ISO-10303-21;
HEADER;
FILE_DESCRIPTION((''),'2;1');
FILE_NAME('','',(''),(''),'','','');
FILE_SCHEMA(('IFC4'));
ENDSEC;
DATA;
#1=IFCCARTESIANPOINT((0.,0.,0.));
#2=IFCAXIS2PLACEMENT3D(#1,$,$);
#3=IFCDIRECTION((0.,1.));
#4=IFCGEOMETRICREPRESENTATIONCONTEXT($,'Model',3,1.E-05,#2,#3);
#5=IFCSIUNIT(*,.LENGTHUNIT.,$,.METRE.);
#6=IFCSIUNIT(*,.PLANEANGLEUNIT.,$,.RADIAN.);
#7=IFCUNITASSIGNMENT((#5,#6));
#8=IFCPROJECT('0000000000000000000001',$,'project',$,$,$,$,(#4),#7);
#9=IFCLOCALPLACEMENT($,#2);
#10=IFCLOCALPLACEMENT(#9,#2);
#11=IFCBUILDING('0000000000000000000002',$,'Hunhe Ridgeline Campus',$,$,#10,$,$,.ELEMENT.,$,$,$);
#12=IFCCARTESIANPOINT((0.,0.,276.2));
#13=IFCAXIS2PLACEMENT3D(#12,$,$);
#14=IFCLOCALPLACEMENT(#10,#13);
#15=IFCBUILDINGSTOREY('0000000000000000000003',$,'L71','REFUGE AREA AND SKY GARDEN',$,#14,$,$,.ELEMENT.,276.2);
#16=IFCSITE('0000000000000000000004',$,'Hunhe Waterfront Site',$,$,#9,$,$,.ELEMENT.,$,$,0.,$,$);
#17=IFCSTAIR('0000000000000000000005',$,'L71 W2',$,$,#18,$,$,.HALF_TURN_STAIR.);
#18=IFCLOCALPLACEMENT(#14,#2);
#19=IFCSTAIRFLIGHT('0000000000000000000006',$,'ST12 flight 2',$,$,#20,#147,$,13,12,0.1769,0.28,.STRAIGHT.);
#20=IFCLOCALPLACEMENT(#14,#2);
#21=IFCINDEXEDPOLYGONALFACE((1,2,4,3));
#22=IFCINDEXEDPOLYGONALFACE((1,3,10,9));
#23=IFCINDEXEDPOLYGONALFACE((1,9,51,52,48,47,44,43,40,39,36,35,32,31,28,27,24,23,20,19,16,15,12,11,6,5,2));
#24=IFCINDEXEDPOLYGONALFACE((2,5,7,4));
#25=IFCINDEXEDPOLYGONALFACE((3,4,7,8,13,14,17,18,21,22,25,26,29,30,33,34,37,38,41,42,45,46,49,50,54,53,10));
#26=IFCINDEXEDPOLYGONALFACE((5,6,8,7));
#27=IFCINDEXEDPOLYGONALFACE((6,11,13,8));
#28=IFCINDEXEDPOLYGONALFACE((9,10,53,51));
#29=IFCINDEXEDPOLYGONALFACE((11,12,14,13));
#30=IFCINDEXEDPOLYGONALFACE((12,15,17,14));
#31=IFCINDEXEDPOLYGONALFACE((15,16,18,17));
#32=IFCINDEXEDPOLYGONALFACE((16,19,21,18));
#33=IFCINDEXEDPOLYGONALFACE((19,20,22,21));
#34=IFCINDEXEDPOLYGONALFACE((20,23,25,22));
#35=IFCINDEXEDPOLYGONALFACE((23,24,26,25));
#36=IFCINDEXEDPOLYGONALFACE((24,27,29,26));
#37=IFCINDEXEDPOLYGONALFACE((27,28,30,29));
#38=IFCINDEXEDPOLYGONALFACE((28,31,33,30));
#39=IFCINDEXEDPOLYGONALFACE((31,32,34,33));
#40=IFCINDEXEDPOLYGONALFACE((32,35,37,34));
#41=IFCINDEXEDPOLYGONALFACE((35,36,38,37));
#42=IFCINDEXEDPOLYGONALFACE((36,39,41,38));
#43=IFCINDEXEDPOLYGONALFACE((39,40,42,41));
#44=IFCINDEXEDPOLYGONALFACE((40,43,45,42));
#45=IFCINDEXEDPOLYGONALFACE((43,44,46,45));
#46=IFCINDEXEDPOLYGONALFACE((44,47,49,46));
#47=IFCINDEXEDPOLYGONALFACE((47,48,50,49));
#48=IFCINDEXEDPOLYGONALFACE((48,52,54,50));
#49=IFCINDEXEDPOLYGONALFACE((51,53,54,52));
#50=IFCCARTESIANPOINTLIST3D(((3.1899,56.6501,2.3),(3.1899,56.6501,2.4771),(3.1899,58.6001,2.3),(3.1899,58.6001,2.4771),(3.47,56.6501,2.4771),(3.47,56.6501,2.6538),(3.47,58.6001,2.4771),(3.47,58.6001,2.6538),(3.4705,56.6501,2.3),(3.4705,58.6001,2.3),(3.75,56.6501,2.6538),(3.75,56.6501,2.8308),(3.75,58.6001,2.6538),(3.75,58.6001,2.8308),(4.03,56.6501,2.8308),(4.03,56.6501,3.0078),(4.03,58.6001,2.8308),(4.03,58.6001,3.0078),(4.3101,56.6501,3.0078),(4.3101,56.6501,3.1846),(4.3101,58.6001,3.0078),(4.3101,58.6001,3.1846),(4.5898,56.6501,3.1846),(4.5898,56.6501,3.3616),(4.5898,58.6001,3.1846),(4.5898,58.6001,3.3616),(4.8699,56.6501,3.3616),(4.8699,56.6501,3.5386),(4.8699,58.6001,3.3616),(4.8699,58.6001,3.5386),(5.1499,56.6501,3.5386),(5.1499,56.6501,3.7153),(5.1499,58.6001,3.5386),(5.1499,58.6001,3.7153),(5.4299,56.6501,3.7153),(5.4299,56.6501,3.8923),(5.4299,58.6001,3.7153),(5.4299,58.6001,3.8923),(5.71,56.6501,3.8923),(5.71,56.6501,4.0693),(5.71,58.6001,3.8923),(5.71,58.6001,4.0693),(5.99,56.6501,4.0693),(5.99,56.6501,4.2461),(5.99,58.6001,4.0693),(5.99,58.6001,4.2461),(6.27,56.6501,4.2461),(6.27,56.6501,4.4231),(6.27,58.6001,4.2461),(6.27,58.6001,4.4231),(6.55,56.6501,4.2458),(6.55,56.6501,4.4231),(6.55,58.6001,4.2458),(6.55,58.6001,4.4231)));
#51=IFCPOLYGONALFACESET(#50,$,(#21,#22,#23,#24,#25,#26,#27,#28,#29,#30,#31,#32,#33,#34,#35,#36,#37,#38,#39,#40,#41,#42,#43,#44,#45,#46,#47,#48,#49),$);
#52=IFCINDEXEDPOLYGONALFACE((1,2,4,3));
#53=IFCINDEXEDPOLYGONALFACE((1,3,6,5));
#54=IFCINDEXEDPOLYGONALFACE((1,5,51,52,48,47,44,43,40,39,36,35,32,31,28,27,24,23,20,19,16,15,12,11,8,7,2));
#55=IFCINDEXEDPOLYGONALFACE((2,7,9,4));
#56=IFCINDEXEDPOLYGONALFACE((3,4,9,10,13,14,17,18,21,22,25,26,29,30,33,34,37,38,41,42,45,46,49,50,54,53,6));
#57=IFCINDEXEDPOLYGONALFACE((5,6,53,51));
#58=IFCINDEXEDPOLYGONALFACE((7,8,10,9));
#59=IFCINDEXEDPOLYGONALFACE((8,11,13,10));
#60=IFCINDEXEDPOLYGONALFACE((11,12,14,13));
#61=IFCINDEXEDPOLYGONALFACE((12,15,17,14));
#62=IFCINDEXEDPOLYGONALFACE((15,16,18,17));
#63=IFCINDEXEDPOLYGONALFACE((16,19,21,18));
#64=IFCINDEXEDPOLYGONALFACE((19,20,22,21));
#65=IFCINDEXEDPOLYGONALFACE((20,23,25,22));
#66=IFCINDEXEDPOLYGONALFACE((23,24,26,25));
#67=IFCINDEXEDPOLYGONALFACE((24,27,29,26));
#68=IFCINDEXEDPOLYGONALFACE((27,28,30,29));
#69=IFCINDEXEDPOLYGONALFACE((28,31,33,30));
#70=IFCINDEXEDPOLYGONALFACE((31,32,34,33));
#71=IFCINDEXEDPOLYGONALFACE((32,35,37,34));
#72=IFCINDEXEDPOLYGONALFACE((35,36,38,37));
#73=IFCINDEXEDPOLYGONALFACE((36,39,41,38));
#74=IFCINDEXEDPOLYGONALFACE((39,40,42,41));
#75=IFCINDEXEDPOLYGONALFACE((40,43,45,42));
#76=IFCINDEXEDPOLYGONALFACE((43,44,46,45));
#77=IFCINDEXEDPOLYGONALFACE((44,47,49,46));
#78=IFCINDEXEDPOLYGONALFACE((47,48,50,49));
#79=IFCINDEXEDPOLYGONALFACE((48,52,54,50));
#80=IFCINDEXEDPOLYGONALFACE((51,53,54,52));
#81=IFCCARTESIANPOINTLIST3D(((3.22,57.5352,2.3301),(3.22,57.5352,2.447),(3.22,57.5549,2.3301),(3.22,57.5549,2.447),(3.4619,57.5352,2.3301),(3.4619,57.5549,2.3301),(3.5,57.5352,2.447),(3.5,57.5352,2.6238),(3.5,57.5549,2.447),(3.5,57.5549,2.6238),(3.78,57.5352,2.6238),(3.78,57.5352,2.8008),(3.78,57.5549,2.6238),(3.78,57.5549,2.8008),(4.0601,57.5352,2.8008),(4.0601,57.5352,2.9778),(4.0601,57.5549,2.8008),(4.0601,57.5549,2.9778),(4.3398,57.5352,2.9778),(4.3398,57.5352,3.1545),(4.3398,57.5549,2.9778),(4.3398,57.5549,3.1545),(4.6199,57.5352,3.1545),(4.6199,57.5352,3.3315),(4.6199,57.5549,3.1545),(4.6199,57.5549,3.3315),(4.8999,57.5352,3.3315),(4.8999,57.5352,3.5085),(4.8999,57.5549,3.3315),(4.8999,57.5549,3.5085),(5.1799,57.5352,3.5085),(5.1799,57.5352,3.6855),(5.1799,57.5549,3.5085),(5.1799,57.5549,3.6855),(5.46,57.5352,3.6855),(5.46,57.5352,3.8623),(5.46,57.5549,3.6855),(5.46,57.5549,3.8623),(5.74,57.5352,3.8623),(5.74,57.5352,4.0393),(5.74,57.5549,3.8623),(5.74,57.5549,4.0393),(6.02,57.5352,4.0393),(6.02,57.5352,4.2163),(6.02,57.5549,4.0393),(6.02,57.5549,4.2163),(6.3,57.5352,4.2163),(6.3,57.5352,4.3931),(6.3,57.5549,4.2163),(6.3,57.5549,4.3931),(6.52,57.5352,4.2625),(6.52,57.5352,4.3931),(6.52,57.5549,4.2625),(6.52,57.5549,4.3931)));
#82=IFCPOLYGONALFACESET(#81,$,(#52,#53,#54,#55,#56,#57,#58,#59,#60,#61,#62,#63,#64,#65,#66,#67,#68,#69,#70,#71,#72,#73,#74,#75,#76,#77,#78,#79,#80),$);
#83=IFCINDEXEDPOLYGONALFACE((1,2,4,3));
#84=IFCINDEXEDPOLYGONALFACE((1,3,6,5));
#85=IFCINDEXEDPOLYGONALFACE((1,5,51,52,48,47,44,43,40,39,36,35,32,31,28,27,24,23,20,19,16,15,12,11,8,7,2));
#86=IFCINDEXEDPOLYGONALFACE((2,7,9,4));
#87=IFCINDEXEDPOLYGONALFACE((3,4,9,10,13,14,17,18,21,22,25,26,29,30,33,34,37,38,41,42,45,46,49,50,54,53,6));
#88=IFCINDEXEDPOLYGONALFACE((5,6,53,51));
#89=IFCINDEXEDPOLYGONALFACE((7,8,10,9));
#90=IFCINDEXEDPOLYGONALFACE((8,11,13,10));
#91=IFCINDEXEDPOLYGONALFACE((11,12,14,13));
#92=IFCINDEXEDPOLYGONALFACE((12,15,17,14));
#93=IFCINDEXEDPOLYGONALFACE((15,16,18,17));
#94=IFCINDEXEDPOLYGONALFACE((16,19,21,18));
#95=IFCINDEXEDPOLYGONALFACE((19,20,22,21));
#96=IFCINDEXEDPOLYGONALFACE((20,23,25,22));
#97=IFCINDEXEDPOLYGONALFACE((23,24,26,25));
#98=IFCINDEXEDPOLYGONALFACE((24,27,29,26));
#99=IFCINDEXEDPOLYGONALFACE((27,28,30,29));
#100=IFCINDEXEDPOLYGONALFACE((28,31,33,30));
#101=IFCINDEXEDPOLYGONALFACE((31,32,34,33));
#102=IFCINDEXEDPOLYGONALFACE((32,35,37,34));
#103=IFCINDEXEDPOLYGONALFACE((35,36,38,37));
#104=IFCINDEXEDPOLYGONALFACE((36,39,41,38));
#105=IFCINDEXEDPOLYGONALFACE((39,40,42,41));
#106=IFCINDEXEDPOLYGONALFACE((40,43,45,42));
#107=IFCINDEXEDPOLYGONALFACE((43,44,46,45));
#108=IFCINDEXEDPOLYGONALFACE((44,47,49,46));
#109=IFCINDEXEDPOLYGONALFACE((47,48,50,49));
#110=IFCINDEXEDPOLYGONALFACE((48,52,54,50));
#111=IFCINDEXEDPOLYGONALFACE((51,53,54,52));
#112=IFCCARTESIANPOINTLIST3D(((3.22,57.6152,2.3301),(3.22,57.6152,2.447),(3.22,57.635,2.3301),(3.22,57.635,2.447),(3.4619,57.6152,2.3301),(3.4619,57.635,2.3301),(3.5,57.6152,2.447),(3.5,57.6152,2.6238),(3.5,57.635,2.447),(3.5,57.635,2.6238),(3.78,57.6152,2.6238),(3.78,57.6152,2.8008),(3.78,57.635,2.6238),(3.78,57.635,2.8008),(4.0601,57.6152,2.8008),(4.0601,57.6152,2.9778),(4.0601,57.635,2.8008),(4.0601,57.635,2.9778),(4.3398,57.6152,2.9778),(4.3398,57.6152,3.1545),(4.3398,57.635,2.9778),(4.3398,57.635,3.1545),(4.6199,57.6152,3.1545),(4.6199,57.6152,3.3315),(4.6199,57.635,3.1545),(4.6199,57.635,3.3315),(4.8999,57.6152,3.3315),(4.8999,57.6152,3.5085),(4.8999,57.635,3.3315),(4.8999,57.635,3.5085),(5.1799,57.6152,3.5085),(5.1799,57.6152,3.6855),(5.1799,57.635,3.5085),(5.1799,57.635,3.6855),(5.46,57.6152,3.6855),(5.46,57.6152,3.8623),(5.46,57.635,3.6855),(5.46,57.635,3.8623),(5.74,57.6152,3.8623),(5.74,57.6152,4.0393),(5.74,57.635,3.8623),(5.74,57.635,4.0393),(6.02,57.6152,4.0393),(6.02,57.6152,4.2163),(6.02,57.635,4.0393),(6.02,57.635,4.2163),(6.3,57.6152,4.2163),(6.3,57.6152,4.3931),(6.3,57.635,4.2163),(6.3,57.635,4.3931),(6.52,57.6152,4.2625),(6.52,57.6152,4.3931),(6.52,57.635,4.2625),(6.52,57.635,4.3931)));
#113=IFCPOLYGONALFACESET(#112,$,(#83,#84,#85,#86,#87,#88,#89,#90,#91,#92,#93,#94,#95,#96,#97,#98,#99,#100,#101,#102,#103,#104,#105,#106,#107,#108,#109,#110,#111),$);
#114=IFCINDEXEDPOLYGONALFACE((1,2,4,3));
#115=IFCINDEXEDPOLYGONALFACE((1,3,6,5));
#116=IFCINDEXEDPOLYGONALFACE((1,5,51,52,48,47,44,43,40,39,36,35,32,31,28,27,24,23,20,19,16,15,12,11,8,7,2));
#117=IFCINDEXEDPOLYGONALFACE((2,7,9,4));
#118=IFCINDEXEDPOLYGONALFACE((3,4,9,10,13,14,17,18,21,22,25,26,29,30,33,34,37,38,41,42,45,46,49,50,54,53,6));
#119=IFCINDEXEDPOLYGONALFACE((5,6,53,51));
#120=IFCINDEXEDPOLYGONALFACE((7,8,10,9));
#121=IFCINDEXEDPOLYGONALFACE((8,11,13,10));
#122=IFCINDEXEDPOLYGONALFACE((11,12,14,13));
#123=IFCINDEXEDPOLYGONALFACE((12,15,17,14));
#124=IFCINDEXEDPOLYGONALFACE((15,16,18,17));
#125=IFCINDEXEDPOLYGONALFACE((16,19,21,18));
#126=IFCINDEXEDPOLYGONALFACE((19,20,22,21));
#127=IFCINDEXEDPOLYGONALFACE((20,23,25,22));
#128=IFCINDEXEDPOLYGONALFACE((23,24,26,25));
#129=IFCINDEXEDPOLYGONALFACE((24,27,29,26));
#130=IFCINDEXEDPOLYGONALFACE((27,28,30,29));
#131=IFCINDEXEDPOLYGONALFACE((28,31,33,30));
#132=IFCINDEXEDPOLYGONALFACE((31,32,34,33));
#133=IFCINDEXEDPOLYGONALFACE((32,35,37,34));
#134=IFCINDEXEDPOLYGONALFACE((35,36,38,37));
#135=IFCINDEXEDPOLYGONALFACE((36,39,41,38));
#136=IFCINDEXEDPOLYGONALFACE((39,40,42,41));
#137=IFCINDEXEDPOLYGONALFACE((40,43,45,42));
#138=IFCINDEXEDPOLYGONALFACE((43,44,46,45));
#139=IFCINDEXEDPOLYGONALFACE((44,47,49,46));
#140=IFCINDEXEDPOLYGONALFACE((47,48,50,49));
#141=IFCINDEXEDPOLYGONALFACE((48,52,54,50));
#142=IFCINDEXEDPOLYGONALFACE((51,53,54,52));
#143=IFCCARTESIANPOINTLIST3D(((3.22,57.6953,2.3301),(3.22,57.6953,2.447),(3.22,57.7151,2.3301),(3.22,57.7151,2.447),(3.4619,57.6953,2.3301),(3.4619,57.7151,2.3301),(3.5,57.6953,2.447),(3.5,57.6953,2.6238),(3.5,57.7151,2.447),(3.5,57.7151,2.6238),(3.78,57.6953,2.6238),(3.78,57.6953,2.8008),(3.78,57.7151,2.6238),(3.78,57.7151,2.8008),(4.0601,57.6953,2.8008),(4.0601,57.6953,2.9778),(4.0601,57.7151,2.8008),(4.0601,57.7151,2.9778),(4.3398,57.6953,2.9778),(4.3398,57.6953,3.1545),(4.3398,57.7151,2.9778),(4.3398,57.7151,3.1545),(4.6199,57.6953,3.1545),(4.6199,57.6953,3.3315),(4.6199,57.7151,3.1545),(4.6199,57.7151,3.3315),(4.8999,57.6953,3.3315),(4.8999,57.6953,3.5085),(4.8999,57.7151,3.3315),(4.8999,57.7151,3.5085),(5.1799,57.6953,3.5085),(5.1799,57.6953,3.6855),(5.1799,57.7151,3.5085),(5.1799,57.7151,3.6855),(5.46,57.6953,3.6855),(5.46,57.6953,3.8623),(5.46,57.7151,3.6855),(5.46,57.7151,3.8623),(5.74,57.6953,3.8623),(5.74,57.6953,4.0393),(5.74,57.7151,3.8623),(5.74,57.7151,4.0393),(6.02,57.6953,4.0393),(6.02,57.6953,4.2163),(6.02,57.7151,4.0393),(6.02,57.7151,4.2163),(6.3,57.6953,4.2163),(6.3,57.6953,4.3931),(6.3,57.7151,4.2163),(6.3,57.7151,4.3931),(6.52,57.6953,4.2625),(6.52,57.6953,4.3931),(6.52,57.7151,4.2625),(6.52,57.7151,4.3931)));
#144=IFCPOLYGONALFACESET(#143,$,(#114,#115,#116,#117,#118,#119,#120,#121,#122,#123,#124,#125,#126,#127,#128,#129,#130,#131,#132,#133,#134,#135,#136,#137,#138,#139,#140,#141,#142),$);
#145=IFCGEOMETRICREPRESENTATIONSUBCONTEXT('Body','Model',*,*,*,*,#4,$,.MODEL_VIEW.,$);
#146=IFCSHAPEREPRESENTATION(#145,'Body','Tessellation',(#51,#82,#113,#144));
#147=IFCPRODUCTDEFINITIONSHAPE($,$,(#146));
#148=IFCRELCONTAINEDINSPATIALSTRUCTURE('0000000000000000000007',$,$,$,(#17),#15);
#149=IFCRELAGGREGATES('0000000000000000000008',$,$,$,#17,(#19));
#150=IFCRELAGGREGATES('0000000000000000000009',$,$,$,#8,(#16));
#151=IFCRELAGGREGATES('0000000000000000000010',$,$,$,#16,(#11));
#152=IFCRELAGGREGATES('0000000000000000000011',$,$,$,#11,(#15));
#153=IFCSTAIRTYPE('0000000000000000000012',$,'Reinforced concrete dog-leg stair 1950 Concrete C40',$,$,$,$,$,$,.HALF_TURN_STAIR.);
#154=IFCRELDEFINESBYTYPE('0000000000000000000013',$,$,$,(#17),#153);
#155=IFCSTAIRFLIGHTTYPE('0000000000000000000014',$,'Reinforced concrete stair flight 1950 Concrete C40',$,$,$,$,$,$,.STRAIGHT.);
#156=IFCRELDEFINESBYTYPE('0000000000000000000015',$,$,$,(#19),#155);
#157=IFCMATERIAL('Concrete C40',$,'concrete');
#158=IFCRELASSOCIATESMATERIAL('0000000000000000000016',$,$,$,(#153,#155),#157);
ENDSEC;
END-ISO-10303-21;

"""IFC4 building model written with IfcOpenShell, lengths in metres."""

from ifc_helpers import new_model, si_unit, direction, frame, origin, place, context, subcontext, project, spatial, polyline, outline, extrude, material, type_object, element, aggregate, save


model = new_model("IFC4")

# Units and contexts
model_context = context("Model", 3, precision=1e-05, world=origin(), true_north=direction((0.0, 1.0)))
body_context = subcontext(model_context, "Body", "Model", "MODEL_VIEW")
ifc_project = project(units=[si_unit("LENGTHUNIT", "METRE"), si_unit("PLANEANGLEUNIT", "RADIAN")], contexts=[model_context])

# Site, building, storey
site_placement = place(None, origin())
site = spatial("IfcSite", under=ifc_project, at=site_placement, Name="Hunhe Waterfront Site", CompositionType="ELEMENT", RefElevation=0.0)
building_placement = place(site_placement, origin())
building = spatial("IfcBuilding", under=site, at=building_placement, Name="Hunhe Ridgeline Campus", CompositionType="ELEMENT")
storey_placement = place(building_placement, frame((0.0, 0.0, 276.2)))
storey = spatial("IfcBuildingStorey", under=building, at=storey_placement, Name="L71", Description="REFUGE AREA AND SKY GARDEN", CompositionType="ELEMENT", Elevation=276.2)

# Stair, stair flight
ifc_material_1 = material(Name="Concrete C40", Category="concrete")
stair_type = type_object("IfcStairType", Name="Reinforced concrete dog-leg stair 1950 Concrete C40", PredefinedType="HALF_TURN_STAIR", material=ifc_material_1)
stair_flight_type = type_object("IfcStairFlightType", Name="Reinforced concrete stair flight 1950 Concrete C40", PredefinedType="STRAIGHT", material=ifc_material_1)
stair_1_placement = place(storey_placement, origin())
stair_1 = element("IfcStair", 1, at=stair_1_placement, inside=storey, type_object=stair_type, Name="L71 W2", PredefinedType="HALF_TURN_STAIR")
stair_flight_1_placement = place(storey_placement, frame((3.1899, 57.625, 2.3), z_axis=(0.0, 0.0, 1.0), x_axis=(1.0, 0.0, 0.0)))
stair_flight_1 = element("IfcStairFlight", 2, at=stair_flight_1_placement, type_object=stair_flight_type, Name="ST12 flight 2", NumberOfRisers=13, NumberOfTreads=12, PredefinedType="STRAIGHT", RiserHeight=0.1769, TreadLength=0.28, context=body_context, shape_type="SweptSolid", body=[
    extrude(outline(polyline([(0.0, 0.0), (0.0, 0.177), (0.28, 0.177), (0.28, 0.3538), (0.5601, 0.3538), (0.5601, 0.5308), (0.8401, 0.5308), (0.8401, 0.7078), (1.1201, 0.7078), (1.1201, 0.8845), (1.3999, 0.8845), (1.3999, 1.0615), (1.6799, 1.0615), (1.6799, 1.2385), (1.96, 1.2385), (1.96, 1.4153), (2.24, 1.4153), (2.24, 1.5923), (2.52, 1.5923), (2.52, 1.7693), (2.8, 1.7693), (2.8, 1.946), (3.0801, 1.946), (3.0801, 2.123), (3.3601, 2.123), (3.3601, 2.3), (3.3601, 1.9458), (0.2805, 0.0), (0.0, 0.0)])), frame((0.0, 0.9751, 0.0), z_axis=(0.0, -1.0, 0.0), x_axis=(1.0, 0.0, 0.0)), (0.0, 0.0, 1.0), 1.95),
    extrude(outline(polyline([(0.03, 0.03), (0.03, 0.147), (0.3101, 0.147), (0.3101, 0.3237), (0.5901, 0.3237), (0.5901, 0.5007), (0.8701, 0.5007), (0.8701, 0.6777), (1.1499, 0.6777), (1.1499, 0.8545), (1.4299, 0.8545), (1.4299, 1.0315), (1.71, 1.0315), (1.71, 1.2085), (1.99, 1.2085), (1.99, 1.3855), (2.27, 1.3855), (2.27, 1.5623), (2.55, 1.5623), (2.55, 1.7393), (2.8301, 1.7393), (2.8301, 1.9163), (3.1101, 1.9163), (3.1101, 2.093), (3.3301, 2.093), (3.3301, 1.9624), (0.272, 0.03), (0.03, 0.03)])), frame((0.0, -0.0701, 0.0), z_axis=(0.0, -1.0, 0.0), x_axis=(1.0, 0.0, 0.0)), (0.0, 0.0, 1.0), 0.0198),
    extrude(outline(polyline([(0.03, 0.03), (0.03, 0.147), (0.3101, 0.147), (0.3101, 0.3237), (0.5901, 0.3237), (0.5901, 0.5007), (0.8701, 0.5007), (0.8701, 0.6777), (1.1499, 0.6777), (1.1499, 0.8545), (1.4299, 0.8545), (1.4299, 1.0315), (1.71, 1.0315), (1.71, 1.2085), (1.99, 1.2085), (1.99, 1.3855), (2.27, 1.3855), (2.27, 1.5623), (2.55, 1.5623), (2.55, 1.7393), (2.8301, 1.7393), (2.8301, 1.9163), (3.1101, 1.9163), (3.1101, 2.093), (3.3301, 2.093), (3.3301, 1.9624), (0.272, 0.03), (0.03, 0.03)])), frame((0.0, 0.01, 0.0), z_axis=(0.0, -1.0, 0.0), x_axis=(1.0, 0.0, 0.0)), (0.0, 0.0, 1.0), 0.0198),
    extrude(outline(polyline([(0.03, 0.03), (0.03, 0.147), (0.3101, 0.147), (0.3101, 0.3237), (0.5901, 0.3237), (0.5901, 0.5007), (0.8701, 0.5007), (0.8701, 0.6777), (1.1499, 0.6777), (1.1499, 0.8545), (1.4299, 0.8545), (1.4299, 1.0315), (1.71, 1.0315), (1.71, 1.2085), (1.99, 1.2085), (1.99, 1.3855), (2.27, 1.3855), (2.27, 1.5623), (2.55, 1.5623), (2.55, 1.7393), (2.8301, 1.7393), (2.8301, 1.9163), (3.1101, 1.9163), (3.1101, 2.093), (3.3301, 2.093), (3.3301, 1.9624), (0.272, 0.03), (0.03, 0.03)])), frame((0.0, 0.0901, 0.0), z_axis=(0.0, -1.0, 0.0), x_axis=(1.0, 0.0, 0.0)), (0.0, 0.0, 1.0), 0.0198),
])
aggregate(stair_1, [stair_flight_1])

save(model, "model.ifc")
